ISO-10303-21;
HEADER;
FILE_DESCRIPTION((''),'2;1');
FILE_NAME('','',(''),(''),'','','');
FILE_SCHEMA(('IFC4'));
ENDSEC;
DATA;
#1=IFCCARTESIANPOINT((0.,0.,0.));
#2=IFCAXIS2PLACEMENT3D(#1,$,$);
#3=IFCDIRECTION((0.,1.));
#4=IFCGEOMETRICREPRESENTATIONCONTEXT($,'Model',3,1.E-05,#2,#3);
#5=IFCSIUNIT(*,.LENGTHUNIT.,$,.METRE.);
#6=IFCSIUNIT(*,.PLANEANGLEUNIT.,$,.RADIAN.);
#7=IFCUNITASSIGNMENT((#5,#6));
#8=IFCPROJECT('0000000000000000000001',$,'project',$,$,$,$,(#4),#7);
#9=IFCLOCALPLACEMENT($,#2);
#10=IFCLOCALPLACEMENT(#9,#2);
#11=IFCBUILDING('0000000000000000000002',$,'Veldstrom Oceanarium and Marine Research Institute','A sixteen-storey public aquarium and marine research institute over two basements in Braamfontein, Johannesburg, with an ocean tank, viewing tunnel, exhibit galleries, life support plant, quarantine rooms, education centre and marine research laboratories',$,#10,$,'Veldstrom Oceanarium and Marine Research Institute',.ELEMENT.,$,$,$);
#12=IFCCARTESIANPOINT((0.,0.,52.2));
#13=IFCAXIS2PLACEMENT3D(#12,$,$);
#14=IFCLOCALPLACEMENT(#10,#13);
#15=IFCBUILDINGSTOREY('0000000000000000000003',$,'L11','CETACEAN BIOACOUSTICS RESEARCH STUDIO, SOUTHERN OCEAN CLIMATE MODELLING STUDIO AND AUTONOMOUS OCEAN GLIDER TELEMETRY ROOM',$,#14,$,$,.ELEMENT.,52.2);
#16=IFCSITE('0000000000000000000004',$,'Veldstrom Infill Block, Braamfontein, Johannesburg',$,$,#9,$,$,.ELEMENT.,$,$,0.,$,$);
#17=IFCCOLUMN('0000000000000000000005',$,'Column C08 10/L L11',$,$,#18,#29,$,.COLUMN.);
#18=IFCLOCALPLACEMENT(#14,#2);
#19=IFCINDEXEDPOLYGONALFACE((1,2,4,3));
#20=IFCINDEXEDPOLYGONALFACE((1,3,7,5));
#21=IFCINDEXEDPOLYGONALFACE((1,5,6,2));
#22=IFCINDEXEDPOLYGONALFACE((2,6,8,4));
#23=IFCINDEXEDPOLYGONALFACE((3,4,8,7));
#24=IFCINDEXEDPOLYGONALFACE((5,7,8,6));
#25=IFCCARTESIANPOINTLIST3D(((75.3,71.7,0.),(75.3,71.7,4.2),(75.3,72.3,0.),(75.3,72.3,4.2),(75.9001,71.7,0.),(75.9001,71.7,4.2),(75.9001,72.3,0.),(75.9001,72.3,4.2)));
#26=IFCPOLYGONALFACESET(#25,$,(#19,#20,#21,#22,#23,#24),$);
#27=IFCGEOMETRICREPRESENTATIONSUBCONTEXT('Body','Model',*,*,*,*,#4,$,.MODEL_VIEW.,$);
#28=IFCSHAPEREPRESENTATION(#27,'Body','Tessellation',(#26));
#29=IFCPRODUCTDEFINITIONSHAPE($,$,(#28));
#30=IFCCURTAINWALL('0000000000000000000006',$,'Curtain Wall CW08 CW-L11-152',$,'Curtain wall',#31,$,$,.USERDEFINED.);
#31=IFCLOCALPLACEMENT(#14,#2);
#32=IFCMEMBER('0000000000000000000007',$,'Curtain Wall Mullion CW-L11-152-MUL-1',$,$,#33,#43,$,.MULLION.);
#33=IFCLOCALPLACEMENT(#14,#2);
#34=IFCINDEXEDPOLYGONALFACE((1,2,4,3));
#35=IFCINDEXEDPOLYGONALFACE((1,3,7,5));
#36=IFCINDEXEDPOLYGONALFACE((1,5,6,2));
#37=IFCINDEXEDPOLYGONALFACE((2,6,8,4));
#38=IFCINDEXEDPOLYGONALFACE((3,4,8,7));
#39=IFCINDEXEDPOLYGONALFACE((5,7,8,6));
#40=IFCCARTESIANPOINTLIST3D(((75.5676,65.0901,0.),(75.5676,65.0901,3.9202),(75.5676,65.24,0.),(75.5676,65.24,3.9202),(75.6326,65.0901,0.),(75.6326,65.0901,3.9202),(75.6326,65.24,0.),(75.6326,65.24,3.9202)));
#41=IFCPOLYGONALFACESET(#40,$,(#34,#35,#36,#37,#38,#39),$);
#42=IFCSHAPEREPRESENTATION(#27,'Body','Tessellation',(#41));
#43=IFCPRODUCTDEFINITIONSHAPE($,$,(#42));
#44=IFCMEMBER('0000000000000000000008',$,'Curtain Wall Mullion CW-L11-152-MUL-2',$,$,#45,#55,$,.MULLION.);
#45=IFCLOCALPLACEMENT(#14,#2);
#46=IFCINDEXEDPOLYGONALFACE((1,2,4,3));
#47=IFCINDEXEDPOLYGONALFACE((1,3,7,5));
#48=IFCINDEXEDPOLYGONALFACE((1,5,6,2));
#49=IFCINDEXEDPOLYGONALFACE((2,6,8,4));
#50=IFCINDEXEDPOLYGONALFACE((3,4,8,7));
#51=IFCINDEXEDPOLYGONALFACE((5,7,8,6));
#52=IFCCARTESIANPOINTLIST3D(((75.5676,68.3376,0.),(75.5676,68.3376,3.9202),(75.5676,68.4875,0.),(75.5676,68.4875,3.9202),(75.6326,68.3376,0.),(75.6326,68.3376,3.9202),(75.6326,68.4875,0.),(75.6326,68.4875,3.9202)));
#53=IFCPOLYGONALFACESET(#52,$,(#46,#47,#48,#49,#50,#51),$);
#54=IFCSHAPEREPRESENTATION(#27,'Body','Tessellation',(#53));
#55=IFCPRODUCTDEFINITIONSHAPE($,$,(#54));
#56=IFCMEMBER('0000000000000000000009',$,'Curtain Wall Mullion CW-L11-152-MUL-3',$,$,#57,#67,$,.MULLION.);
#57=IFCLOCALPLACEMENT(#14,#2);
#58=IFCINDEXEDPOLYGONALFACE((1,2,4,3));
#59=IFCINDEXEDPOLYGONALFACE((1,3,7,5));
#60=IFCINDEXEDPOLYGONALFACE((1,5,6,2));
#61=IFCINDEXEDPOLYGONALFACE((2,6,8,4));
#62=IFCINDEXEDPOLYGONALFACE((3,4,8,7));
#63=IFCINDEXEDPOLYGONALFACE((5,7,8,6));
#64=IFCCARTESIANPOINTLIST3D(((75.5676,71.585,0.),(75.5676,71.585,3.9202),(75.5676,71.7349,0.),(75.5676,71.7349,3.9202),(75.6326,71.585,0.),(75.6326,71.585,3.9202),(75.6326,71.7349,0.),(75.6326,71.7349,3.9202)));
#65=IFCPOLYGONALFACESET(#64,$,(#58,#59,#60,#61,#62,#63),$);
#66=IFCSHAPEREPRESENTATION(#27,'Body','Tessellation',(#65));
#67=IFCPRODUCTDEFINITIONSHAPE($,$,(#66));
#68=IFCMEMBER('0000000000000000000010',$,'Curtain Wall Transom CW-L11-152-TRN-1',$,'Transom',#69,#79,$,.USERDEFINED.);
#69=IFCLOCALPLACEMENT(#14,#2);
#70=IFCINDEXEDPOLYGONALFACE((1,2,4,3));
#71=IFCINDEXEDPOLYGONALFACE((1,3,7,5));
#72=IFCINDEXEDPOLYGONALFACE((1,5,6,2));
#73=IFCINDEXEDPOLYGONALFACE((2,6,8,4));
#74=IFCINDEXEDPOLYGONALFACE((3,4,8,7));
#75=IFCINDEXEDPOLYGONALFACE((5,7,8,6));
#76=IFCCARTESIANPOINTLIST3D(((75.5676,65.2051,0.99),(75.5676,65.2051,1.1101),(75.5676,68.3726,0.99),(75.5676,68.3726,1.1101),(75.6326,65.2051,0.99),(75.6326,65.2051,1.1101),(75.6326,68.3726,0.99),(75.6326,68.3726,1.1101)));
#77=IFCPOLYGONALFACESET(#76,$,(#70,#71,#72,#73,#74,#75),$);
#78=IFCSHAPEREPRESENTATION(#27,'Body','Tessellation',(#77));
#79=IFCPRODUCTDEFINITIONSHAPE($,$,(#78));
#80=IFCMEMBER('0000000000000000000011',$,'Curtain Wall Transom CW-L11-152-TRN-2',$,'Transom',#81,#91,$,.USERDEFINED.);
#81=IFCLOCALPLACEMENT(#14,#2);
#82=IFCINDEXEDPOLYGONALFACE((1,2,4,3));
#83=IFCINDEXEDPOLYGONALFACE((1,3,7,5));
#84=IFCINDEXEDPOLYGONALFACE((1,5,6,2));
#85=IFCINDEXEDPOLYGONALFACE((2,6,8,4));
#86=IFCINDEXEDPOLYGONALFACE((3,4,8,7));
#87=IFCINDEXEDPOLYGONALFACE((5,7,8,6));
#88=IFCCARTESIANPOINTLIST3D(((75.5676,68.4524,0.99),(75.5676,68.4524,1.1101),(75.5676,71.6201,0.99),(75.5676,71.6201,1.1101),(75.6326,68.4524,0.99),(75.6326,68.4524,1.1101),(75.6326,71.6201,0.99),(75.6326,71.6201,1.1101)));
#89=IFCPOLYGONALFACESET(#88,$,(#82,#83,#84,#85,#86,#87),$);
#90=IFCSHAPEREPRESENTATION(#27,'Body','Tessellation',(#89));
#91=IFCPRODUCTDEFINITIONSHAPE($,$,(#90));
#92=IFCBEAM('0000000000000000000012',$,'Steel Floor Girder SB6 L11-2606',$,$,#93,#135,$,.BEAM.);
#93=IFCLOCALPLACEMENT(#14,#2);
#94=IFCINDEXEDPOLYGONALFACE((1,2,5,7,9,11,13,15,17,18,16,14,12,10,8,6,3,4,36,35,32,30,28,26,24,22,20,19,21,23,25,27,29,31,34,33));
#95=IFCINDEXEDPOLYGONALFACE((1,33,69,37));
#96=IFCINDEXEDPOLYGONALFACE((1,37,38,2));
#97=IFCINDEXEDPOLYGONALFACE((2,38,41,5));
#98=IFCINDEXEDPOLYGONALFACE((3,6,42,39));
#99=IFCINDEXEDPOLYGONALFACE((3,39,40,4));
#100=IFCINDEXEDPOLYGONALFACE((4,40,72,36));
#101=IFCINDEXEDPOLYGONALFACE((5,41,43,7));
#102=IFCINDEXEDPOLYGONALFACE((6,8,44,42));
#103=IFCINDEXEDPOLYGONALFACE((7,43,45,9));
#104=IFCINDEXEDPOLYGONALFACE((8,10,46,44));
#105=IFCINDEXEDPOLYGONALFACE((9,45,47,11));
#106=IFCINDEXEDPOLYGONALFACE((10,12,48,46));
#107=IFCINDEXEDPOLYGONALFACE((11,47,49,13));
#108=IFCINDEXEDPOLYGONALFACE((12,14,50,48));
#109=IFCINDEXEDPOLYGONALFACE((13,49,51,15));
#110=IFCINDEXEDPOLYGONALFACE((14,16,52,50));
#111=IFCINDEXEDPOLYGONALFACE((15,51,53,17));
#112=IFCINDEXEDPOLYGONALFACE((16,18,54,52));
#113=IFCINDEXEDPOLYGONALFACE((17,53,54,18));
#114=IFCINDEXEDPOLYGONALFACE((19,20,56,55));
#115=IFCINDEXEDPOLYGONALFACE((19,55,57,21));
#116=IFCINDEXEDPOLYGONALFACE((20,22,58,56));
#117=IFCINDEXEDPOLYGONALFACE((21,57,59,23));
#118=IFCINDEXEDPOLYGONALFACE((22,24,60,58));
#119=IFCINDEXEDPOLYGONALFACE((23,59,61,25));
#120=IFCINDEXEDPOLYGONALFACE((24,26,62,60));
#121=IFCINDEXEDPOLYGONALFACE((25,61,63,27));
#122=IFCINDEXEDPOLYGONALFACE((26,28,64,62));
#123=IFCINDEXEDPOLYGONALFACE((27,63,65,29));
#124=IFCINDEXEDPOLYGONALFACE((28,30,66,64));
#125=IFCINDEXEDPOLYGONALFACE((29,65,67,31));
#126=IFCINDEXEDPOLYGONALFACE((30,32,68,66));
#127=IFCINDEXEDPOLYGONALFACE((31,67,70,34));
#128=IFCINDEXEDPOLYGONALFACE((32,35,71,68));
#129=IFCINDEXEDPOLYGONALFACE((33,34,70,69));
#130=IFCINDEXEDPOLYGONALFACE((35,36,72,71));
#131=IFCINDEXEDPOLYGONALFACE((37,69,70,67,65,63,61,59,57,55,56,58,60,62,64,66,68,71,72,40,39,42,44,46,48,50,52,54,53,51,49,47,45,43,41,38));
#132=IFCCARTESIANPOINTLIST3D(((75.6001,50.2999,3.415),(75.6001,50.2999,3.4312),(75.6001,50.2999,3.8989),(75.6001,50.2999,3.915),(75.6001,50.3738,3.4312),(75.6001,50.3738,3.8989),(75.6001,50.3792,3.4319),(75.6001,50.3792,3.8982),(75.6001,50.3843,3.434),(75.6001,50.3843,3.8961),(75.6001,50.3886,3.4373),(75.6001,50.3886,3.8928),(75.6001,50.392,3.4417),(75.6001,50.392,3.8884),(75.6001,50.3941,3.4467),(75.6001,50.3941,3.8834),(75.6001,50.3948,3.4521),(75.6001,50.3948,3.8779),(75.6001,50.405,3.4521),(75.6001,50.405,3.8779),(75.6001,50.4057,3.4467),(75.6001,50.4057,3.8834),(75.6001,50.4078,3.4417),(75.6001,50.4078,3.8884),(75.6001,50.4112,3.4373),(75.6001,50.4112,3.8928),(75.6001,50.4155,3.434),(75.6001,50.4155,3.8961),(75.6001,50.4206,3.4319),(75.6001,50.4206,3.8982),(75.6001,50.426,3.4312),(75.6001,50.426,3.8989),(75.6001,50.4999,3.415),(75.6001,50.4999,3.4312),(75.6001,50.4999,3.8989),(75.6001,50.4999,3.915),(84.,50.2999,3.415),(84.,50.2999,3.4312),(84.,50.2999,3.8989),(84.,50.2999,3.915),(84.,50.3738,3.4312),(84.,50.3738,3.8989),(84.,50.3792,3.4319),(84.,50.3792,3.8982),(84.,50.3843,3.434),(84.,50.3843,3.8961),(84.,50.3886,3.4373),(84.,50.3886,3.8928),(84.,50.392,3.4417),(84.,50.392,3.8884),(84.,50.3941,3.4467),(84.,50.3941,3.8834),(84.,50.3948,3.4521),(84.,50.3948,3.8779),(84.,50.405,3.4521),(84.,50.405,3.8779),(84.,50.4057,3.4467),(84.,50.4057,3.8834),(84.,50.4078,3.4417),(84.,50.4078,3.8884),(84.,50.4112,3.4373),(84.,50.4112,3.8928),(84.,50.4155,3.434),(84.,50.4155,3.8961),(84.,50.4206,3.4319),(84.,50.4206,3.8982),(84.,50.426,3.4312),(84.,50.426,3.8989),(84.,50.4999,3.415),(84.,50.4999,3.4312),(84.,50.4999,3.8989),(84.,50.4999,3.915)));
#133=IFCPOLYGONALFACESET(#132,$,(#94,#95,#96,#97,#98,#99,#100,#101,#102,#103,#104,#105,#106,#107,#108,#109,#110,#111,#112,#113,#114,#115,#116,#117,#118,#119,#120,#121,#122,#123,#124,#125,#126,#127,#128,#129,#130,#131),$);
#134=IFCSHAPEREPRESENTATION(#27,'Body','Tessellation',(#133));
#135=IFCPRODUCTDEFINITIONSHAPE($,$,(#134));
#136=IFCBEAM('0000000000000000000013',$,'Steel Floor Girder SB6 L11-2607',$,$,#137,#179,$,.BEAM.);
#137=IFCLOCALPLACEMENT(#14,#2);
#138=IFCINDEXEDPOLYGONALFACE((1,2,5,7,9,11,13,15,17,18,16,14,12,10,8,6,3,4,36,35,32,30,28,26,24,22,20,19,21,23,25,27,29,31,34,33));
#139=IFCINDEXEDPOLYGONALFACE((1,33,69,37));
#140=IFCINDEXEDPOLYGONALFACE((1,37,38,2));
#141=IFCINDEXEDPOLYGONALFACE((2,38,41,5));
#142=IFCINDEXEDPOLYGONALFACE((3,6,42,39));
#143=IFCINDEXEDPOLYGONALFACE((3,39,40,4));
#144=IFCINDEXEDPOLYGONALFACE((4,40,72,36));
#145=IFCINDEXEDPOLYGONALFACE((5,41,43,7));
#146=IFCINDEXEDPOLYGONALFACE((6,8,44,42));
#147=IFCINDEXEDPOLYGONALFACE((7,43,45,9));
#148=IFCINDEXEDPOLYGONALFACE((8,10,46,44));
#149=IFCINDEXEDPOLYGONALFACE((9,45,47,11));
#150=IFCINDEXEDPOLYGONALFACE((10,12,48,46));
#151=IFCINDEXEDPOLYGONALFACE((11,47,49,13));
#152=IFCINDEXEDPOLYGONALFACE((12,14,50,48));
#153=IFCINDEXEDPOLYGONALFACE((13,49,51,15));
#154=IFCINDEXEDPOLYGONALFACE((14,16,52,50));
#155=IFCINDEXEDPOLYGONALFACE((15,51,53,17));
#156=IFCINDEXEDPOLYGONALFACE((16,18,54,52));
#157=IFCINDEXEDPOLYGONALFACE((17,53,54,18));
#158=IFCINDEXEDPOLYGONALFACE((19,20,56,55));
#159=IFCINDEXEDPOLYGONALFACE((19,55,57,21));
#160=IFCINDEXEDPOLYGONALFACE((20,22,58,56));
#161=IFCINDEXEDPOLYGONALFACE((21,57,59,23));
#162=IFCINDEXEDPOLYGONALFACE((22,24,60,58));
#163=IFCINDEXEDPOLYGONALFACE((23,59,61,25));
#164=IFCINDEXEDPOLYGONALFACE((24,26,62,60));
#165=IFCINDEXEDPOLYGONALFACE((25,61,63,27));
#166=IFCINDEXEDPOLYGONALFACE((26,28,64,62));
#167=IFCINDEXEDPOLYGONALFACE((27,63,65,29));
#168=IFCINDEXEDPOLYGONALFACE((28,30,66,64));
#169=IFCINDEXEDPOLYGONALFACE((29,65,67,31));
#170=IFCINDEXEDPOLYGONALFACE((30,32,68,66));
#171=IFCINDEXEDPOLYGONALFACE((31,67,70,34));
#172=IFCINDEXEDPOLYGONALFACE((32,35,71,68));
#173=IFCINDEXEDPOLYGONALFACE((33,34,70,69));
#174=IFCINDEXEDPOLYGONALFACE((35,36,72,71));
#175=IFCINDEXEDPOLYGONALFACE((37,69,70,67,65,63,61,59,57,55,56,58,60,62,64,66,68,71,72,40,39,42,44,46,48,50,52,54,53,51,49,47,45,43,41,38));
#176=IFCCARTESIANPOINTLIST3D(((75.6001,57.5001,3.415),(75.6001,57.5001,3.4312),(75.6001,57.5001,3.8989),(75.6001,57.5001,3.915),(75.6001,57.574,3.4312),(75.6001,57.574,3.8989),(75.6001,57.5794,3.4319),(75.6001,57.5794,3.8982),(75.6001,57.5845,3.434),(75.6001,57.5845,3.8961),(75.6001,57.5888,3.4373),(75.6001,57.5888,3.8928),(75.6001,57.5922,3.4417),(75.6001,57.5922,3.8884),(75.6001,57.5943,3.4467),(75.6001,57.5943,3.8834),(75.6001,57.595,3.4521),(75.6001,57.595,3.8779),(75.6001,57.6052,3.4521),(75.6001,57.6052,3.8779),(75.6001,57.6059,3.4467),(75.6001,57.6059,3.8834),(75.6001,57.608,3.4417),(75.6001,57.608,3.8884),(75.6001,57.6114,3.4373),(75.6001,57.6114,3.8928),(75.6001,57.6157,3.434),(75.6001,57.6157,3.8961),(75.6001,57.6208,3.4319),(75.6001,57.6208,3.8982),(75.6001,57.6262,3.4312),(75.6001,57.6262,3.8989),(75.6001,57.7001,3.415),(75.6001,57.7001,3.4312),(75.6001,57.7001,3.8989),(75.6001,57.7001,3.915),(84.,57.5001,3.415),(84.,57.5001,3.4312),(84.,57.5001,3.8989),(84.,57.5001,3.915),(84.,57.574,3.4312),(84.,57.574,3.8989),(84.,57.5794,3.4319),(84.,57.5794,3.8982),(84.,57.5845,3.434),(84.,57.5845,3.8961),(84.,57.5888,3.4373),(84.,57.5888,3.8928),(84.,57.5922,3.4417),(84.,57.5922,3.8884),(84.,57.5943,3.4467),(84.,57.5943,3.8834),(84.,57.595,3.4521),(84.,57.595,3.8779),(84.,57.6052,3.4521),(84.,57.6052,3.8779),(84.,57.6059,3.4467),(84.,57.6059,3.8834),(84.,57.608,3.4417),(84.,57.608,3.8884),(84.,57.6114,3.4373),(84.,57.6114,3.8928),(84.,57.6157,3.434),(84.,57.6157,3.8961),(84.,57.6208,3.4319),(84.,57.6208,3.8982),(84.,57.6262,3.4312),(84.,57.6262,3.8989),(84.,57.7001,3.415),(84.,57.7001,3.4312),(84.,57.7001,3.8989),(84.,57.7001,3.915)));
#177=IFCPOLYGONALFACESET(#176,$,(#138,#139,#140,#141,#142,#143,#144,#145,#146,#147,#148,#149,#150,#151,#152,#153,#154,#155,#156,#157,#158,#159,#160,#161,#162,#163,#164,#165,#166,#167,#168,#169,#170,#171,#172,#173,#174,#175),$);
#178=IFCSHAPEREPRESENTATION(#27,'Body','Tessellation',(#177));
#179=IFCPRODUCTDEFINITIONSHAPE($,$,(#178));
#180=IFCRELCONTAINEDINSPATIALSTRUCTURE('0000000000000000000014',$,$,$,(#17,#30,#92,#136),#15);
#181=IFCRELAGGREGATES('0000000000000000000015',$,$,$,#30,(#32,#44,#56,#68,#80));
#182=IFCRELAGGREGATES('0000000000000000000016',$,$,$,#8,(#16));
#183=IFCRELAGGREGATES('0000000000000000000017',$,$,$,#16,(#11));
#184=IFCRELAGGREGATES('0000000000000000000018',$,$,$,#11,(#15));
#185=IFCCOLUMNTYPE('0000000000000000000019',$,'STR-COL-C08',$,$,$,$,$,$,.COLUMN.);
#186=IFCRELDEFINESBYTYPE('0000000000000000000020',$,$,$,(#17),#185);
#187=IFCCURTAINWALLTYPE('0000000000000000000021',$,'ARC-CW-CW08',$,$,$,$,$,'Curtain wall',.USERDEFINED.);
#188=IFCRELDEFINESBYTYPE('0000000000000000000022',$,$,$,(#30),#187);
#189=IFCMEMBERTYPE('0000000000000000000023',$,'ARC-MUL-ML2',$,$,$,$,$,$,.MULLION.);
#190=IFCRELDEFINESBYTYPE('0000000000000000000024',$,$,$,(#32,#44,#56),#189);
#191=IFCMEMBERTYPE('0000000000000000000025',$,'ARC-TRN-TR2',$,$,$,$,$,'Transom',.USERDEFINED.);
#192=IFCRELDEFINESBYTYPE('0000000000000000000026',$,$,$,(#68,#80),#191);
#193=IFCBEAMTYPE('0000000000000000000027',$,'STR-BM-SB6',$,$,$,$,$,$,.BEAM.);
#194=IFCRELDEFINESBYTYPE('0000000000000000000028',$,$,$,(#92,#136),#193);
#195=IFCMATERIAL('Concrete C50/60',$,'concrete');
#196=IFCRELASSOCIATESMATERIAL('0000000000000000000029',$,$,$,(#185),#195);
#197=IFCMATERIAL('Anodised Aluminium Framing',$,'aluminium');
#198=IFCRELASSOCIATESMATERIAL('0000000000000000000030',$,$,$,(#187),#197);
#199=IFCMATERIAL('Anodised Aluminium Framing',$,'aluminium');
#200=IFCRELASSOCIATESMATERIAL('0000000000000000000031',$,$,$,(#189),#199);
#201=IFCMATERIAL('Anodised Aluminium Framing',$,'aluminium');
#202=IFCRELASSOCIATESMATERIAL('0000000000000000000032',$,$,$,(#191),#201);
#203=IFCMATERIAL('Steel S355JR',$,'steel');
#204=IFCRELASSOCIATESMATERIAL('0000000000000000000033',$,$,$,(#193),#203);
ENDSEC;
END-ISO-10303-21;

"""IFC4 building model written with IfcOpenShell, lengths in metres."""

from ifc_helpers import new_model, si_unit, direction, frame, origin, origin_2d, place, context, subcontext, project, spatial, rectangle, i_section, extrude, material, material_profile, profile_set, type_object, element, aggregate, save


model = new_model("IFC4")

# Units and contexts
model_context = context("Model", 3, precision=1e-05, world=origin(), true_north=direction((0.0, 1.0)))
body_context = subcontext(model_context, "Body", "Model", "MODEL_VIEW")
ifc_project = project(units=[si_unit("LENGTHUNIT", "METRE"), si_unit("PLANEANGLEUNIT", "RADIAN")], contexts=[model_context])

# Site, building, storey
site_placement = place(None, origin())
site = spatial("IfcSite", under=ifc_project, at=site_placement, Name="Veldstrom Infill Block, Braamfontein, Johannesburg", CompositionType="ELEMENT", RefElevation=0.0)
building_placement = place(site_placement, origin())
building = spatial("IfcBuilding", under=site, at=building_placement, Name="Veldstrom Oceanarium and Marine Research Institute", Description="A sixteen-storey public aquarium and marine research institute over two basements in Braamfontein, Johannesburg, with an ocean tank, viewing tunnel, exhibit galleries, life support plant, quarantine rooms, education centre and marine research laboratories", LongName="Veldstrom Oceanarium and Marine Research Institute", CompositionType="ELEMENT")
storey_placement = place(building_placement, frame((0.0, 0.0, 52.2)))
storey = spatial("IfcBuildingStorey", under=building, at=storey_placement, Name="L11", Description="CETACEAN BIOACOUSTICS RESEARCH STUDIO, SOUTHERN OCEAN CLIMATE MODELLING STUDIO AND AUTONOMOUS OCEAN GLIDER TELEMETRY ROOM", CompositionType="ELEMENT", Elevation=52.2)

# Column
ifc_material_1 = material(Name="Concrete C50/60", Category="concrete")
ifc_material_profile_1 = material_profile(ifc_material_1, rectangle(XDim=0.6001, YDim=0.6001, at=origin_2d()), Name="RC-COL-600x600")
ifc_profile_set_1 = profile_set([ifc_material_profile_1], Name="Concrete C50/60")
column_type = type_object("IfcColumnType", Name="STR-COL-C08", PredefinedType="COLUMN", material=ifc_profile_set_1)
column_placement = place(storey_placement, frame((75.6001, 72.0, 0.0), z_axis=(0.0, 0.0, 1.0), x_axis=(1.0, 0.0, 0.0)))
element("IfcColumn", 1, at=column_placement, inside=storey, type_object=column_type, Name="Column C08 10/L L11", PredefinedType="COLUMN", context=body_context, shape_type="SweptSolid", body=[
    extrude(rectangle(XDim=0.6001, YDim=0.6001, at=origin_2d()), origin(), (0.0, 0.0, 1.0), 4.2),
])

# Curtain wall, members
ifc_material_2 = material(Name="Anodised Aluminium Framing", Category="aluminium")
curtain_wall_type = type_object("IfcCurtainWallType", Name="ARC-CW-CW08", ElementType="Curtain wall", PredefinedType="USERDEFINED", material=ifc_material_2)
curtain_wall_placement = place(storey_placement, origin())
curtain_wall = element("IfcCurtainWall", 2, at=curtain_wall_placement, inside=storey, type_object=curtain_wall_type, Name="Curtain Wall CW08 CW-L11-152", ObjectType="Curtain wall", PredefinedType="USERDEFINED")
ifc_material_3 = material(Name="Anodised Aluminium Framing", Category="aluminium")
ifc_material_profile_2 = material_profile(ifc_material_3, rectangle(XDim=0.0649, YDim=0.1499, at=origin_2d()), Name="ALU-MUL-65x150")
ifc_profile_set_2 = profile_set([ifc_material_profile_2], Name="Anodised Aluminium Framing")
member_type_1 = type_object("IfcMemberType", Name="ARC-MUL-ML2", PredefinedType="MULLION", material=ifc_profile_set_2)
member_1_placement = place(storey_placement, frame((75.6001, 65.165, 0.0), z_axis=(0.0, 0.0, 1.0), x_axis=(1.0, 0.0, 0.0)))
member_1 = element("IfcMember", 3, at=member_1_placement, type_object=member_type_1, Name="Curtain Wall Mullion CW-L11-152-MUL-1", PredefinedType="MULLION", context=body_context, shape_type="SweptSolid", body=[
    extrude(rectangle(XDim=0.0649, YDim=0.1499, at=origin_2d()), origin(), (0.0, 0.0, 1.0), 3.9202),
])
member_2_placement = place(storey_placement, frame((75.6001, 68.4126, 0.0), z_axis=(0.0, 0.0, 1.0), x_axis=(1.0, 0.0, 0.0)))
member_2 = element("IfcMember", 4, at=member_2_placement, type_object=member_type_1, Name="Curtain Wall Mullion CW-L11-152-MUL-2", PredefinedType="MULLION", context=body_context, shape_type="SweptSolid", body=[
    extrude(rectangle(XDim=0.0649, YDim=0.1499, at=origin_2d()), origin(), (0.0, 0.0, 1.0), 3.9202),
])
member_3_placement = place(storey_placement, frame((75.6001, 71.6599, 0.0), z_axis=(0.0, 0.0, 1.0), x_axis=(1.0, 0.0, 0.0)))
member_3 = element("IfcMember", 5, at=member_3_placement, type_object=member_type_1, Name="Curtain Wall Mullion CW-L11-152-MUL-3", PredefinedType="MULLION", context=body_context, shape_type="SweptSolid", body=[
    extrude(rectangle(XDim=0.0649, YDim=0.1499, at=origin_2d()), origin(), (0.0, 0.0, 1.0), 3.9202),
])
ifc_material_4 = material(Name="Anodised Aluminium Framing", Category="aluminium")
ifc_material_profile_3 = material_profile(ifc_material_4, rectangle(XDim=0.0649, YDim=0.1201, at=origin_2d()), Name="ALU-TRN-65x120")
ifc_profile_set_3 = profile_set([ifc_material_profile_3], Name="Anodised Aluminium Framing")
member_type_2 = type_object("IfcMemberType", Name="ARC-TRN-TR2", ElementType="Transom", PredefinedType="USERDEFINED", material=ifc_profile_set_3)
member_4_placement = place(storey_placement, frame((75.6001, 65.2051, 1.05), z_axis=(0.0, 1.0, 0.0), x_axis=(-1.0, 0.0, 0.0)))
member_4 = element("IfcMember", 6, at=member_4_placement, type_object=member_type_2, Name="Curtain Wall Transom CW-L11-152-TRN-1", ObjectType="Transom", PredefinedType="USERDEFINED", context=body_context, shape_type="SweptSolid", body=[
    extrude(rectangle(XDim=0.0649, YDim=0.1201, at=origin_2d()), origin(), (0.0, 0.0, 1.0), 3.1675),
])
member_5_placement = place(storey_placement, frame((75.6001, 68.4524, 1.05), z_axis=(0.0, 1.0, 0.0), x_axis=(-1.0, 0.0, 0.0)))
member_5 = element("IfcMember", 7, at=member_5_placement, type_object=member_type_2, Name="Curtain Wall Transom CW-L11-152-TRN-2", ObjectType="Transom", PredefinedType="USERDEFINED", context=body_context, shape_type="SweptSolid", body=[
    extrude(rectangle(XDim=0.0649, YDim=0.1201, at=origin_2d()), origin(), (0.0, 0.0, 1.0), 3.1677),
])
aggregate(curtain_wall, [member_1, member_2, member_3, member_4, member_5])

# Beams
ifc_material_5 = material(Name="Steel S355JR", Category="steel")
ifc_material_profile_4 = material_profile(ifc_material_5, i_section(OverallWidth=0.2, OverallDepth=0.5, WebThickness=0.0103, FlangeThickness=0.0161, FilletRadius=0.021, at=origin_2d()), Name="IPE 500")
ifc_profile_set_4 = profile_set([ifc_material_profile_4], Name="Steel S355JR")
beam_type_1 = type_object("IfcBeamType", Name="STR-BM-SB6", PredefinedType="BEAM", material=ifc_profile_set_4)
for number, where, z_axis, x_axis, name in (
    (8, (75.6001, 50.3999, 3.665), (1.0, 0.0, 0.0), (0.0, 1.0, 0.0), "Steel Floor Girder SB6 L11-2606"),
    (9, (75.6001, 57.6001, 3.665), (1.0, 0.0, 0.0), (0.0, 1.0, 0.0), "Steel Floor Girder SB6 L11-2607"),
):
    element("IfcBeam", number, at=place(storey_placement, frame(where, z_axis=z_axis, x_axis=x_axis)), inside=storey, type_object=beam_type_1, Name=name, PredefinedType="BEAM", context=body_context, shape_type="SweptSolid", body=[
        extrude(i_section(OverallWidth=0.2, OverallDepth=0.5, WebThickness=0.0103, FlangeThickness=0.0161, FilletRadius=0.021, at=origin_2d()), origin(), (0.0, 0.0, 1.0), 8.3999),
    ])

save(model, "model.ifc")
